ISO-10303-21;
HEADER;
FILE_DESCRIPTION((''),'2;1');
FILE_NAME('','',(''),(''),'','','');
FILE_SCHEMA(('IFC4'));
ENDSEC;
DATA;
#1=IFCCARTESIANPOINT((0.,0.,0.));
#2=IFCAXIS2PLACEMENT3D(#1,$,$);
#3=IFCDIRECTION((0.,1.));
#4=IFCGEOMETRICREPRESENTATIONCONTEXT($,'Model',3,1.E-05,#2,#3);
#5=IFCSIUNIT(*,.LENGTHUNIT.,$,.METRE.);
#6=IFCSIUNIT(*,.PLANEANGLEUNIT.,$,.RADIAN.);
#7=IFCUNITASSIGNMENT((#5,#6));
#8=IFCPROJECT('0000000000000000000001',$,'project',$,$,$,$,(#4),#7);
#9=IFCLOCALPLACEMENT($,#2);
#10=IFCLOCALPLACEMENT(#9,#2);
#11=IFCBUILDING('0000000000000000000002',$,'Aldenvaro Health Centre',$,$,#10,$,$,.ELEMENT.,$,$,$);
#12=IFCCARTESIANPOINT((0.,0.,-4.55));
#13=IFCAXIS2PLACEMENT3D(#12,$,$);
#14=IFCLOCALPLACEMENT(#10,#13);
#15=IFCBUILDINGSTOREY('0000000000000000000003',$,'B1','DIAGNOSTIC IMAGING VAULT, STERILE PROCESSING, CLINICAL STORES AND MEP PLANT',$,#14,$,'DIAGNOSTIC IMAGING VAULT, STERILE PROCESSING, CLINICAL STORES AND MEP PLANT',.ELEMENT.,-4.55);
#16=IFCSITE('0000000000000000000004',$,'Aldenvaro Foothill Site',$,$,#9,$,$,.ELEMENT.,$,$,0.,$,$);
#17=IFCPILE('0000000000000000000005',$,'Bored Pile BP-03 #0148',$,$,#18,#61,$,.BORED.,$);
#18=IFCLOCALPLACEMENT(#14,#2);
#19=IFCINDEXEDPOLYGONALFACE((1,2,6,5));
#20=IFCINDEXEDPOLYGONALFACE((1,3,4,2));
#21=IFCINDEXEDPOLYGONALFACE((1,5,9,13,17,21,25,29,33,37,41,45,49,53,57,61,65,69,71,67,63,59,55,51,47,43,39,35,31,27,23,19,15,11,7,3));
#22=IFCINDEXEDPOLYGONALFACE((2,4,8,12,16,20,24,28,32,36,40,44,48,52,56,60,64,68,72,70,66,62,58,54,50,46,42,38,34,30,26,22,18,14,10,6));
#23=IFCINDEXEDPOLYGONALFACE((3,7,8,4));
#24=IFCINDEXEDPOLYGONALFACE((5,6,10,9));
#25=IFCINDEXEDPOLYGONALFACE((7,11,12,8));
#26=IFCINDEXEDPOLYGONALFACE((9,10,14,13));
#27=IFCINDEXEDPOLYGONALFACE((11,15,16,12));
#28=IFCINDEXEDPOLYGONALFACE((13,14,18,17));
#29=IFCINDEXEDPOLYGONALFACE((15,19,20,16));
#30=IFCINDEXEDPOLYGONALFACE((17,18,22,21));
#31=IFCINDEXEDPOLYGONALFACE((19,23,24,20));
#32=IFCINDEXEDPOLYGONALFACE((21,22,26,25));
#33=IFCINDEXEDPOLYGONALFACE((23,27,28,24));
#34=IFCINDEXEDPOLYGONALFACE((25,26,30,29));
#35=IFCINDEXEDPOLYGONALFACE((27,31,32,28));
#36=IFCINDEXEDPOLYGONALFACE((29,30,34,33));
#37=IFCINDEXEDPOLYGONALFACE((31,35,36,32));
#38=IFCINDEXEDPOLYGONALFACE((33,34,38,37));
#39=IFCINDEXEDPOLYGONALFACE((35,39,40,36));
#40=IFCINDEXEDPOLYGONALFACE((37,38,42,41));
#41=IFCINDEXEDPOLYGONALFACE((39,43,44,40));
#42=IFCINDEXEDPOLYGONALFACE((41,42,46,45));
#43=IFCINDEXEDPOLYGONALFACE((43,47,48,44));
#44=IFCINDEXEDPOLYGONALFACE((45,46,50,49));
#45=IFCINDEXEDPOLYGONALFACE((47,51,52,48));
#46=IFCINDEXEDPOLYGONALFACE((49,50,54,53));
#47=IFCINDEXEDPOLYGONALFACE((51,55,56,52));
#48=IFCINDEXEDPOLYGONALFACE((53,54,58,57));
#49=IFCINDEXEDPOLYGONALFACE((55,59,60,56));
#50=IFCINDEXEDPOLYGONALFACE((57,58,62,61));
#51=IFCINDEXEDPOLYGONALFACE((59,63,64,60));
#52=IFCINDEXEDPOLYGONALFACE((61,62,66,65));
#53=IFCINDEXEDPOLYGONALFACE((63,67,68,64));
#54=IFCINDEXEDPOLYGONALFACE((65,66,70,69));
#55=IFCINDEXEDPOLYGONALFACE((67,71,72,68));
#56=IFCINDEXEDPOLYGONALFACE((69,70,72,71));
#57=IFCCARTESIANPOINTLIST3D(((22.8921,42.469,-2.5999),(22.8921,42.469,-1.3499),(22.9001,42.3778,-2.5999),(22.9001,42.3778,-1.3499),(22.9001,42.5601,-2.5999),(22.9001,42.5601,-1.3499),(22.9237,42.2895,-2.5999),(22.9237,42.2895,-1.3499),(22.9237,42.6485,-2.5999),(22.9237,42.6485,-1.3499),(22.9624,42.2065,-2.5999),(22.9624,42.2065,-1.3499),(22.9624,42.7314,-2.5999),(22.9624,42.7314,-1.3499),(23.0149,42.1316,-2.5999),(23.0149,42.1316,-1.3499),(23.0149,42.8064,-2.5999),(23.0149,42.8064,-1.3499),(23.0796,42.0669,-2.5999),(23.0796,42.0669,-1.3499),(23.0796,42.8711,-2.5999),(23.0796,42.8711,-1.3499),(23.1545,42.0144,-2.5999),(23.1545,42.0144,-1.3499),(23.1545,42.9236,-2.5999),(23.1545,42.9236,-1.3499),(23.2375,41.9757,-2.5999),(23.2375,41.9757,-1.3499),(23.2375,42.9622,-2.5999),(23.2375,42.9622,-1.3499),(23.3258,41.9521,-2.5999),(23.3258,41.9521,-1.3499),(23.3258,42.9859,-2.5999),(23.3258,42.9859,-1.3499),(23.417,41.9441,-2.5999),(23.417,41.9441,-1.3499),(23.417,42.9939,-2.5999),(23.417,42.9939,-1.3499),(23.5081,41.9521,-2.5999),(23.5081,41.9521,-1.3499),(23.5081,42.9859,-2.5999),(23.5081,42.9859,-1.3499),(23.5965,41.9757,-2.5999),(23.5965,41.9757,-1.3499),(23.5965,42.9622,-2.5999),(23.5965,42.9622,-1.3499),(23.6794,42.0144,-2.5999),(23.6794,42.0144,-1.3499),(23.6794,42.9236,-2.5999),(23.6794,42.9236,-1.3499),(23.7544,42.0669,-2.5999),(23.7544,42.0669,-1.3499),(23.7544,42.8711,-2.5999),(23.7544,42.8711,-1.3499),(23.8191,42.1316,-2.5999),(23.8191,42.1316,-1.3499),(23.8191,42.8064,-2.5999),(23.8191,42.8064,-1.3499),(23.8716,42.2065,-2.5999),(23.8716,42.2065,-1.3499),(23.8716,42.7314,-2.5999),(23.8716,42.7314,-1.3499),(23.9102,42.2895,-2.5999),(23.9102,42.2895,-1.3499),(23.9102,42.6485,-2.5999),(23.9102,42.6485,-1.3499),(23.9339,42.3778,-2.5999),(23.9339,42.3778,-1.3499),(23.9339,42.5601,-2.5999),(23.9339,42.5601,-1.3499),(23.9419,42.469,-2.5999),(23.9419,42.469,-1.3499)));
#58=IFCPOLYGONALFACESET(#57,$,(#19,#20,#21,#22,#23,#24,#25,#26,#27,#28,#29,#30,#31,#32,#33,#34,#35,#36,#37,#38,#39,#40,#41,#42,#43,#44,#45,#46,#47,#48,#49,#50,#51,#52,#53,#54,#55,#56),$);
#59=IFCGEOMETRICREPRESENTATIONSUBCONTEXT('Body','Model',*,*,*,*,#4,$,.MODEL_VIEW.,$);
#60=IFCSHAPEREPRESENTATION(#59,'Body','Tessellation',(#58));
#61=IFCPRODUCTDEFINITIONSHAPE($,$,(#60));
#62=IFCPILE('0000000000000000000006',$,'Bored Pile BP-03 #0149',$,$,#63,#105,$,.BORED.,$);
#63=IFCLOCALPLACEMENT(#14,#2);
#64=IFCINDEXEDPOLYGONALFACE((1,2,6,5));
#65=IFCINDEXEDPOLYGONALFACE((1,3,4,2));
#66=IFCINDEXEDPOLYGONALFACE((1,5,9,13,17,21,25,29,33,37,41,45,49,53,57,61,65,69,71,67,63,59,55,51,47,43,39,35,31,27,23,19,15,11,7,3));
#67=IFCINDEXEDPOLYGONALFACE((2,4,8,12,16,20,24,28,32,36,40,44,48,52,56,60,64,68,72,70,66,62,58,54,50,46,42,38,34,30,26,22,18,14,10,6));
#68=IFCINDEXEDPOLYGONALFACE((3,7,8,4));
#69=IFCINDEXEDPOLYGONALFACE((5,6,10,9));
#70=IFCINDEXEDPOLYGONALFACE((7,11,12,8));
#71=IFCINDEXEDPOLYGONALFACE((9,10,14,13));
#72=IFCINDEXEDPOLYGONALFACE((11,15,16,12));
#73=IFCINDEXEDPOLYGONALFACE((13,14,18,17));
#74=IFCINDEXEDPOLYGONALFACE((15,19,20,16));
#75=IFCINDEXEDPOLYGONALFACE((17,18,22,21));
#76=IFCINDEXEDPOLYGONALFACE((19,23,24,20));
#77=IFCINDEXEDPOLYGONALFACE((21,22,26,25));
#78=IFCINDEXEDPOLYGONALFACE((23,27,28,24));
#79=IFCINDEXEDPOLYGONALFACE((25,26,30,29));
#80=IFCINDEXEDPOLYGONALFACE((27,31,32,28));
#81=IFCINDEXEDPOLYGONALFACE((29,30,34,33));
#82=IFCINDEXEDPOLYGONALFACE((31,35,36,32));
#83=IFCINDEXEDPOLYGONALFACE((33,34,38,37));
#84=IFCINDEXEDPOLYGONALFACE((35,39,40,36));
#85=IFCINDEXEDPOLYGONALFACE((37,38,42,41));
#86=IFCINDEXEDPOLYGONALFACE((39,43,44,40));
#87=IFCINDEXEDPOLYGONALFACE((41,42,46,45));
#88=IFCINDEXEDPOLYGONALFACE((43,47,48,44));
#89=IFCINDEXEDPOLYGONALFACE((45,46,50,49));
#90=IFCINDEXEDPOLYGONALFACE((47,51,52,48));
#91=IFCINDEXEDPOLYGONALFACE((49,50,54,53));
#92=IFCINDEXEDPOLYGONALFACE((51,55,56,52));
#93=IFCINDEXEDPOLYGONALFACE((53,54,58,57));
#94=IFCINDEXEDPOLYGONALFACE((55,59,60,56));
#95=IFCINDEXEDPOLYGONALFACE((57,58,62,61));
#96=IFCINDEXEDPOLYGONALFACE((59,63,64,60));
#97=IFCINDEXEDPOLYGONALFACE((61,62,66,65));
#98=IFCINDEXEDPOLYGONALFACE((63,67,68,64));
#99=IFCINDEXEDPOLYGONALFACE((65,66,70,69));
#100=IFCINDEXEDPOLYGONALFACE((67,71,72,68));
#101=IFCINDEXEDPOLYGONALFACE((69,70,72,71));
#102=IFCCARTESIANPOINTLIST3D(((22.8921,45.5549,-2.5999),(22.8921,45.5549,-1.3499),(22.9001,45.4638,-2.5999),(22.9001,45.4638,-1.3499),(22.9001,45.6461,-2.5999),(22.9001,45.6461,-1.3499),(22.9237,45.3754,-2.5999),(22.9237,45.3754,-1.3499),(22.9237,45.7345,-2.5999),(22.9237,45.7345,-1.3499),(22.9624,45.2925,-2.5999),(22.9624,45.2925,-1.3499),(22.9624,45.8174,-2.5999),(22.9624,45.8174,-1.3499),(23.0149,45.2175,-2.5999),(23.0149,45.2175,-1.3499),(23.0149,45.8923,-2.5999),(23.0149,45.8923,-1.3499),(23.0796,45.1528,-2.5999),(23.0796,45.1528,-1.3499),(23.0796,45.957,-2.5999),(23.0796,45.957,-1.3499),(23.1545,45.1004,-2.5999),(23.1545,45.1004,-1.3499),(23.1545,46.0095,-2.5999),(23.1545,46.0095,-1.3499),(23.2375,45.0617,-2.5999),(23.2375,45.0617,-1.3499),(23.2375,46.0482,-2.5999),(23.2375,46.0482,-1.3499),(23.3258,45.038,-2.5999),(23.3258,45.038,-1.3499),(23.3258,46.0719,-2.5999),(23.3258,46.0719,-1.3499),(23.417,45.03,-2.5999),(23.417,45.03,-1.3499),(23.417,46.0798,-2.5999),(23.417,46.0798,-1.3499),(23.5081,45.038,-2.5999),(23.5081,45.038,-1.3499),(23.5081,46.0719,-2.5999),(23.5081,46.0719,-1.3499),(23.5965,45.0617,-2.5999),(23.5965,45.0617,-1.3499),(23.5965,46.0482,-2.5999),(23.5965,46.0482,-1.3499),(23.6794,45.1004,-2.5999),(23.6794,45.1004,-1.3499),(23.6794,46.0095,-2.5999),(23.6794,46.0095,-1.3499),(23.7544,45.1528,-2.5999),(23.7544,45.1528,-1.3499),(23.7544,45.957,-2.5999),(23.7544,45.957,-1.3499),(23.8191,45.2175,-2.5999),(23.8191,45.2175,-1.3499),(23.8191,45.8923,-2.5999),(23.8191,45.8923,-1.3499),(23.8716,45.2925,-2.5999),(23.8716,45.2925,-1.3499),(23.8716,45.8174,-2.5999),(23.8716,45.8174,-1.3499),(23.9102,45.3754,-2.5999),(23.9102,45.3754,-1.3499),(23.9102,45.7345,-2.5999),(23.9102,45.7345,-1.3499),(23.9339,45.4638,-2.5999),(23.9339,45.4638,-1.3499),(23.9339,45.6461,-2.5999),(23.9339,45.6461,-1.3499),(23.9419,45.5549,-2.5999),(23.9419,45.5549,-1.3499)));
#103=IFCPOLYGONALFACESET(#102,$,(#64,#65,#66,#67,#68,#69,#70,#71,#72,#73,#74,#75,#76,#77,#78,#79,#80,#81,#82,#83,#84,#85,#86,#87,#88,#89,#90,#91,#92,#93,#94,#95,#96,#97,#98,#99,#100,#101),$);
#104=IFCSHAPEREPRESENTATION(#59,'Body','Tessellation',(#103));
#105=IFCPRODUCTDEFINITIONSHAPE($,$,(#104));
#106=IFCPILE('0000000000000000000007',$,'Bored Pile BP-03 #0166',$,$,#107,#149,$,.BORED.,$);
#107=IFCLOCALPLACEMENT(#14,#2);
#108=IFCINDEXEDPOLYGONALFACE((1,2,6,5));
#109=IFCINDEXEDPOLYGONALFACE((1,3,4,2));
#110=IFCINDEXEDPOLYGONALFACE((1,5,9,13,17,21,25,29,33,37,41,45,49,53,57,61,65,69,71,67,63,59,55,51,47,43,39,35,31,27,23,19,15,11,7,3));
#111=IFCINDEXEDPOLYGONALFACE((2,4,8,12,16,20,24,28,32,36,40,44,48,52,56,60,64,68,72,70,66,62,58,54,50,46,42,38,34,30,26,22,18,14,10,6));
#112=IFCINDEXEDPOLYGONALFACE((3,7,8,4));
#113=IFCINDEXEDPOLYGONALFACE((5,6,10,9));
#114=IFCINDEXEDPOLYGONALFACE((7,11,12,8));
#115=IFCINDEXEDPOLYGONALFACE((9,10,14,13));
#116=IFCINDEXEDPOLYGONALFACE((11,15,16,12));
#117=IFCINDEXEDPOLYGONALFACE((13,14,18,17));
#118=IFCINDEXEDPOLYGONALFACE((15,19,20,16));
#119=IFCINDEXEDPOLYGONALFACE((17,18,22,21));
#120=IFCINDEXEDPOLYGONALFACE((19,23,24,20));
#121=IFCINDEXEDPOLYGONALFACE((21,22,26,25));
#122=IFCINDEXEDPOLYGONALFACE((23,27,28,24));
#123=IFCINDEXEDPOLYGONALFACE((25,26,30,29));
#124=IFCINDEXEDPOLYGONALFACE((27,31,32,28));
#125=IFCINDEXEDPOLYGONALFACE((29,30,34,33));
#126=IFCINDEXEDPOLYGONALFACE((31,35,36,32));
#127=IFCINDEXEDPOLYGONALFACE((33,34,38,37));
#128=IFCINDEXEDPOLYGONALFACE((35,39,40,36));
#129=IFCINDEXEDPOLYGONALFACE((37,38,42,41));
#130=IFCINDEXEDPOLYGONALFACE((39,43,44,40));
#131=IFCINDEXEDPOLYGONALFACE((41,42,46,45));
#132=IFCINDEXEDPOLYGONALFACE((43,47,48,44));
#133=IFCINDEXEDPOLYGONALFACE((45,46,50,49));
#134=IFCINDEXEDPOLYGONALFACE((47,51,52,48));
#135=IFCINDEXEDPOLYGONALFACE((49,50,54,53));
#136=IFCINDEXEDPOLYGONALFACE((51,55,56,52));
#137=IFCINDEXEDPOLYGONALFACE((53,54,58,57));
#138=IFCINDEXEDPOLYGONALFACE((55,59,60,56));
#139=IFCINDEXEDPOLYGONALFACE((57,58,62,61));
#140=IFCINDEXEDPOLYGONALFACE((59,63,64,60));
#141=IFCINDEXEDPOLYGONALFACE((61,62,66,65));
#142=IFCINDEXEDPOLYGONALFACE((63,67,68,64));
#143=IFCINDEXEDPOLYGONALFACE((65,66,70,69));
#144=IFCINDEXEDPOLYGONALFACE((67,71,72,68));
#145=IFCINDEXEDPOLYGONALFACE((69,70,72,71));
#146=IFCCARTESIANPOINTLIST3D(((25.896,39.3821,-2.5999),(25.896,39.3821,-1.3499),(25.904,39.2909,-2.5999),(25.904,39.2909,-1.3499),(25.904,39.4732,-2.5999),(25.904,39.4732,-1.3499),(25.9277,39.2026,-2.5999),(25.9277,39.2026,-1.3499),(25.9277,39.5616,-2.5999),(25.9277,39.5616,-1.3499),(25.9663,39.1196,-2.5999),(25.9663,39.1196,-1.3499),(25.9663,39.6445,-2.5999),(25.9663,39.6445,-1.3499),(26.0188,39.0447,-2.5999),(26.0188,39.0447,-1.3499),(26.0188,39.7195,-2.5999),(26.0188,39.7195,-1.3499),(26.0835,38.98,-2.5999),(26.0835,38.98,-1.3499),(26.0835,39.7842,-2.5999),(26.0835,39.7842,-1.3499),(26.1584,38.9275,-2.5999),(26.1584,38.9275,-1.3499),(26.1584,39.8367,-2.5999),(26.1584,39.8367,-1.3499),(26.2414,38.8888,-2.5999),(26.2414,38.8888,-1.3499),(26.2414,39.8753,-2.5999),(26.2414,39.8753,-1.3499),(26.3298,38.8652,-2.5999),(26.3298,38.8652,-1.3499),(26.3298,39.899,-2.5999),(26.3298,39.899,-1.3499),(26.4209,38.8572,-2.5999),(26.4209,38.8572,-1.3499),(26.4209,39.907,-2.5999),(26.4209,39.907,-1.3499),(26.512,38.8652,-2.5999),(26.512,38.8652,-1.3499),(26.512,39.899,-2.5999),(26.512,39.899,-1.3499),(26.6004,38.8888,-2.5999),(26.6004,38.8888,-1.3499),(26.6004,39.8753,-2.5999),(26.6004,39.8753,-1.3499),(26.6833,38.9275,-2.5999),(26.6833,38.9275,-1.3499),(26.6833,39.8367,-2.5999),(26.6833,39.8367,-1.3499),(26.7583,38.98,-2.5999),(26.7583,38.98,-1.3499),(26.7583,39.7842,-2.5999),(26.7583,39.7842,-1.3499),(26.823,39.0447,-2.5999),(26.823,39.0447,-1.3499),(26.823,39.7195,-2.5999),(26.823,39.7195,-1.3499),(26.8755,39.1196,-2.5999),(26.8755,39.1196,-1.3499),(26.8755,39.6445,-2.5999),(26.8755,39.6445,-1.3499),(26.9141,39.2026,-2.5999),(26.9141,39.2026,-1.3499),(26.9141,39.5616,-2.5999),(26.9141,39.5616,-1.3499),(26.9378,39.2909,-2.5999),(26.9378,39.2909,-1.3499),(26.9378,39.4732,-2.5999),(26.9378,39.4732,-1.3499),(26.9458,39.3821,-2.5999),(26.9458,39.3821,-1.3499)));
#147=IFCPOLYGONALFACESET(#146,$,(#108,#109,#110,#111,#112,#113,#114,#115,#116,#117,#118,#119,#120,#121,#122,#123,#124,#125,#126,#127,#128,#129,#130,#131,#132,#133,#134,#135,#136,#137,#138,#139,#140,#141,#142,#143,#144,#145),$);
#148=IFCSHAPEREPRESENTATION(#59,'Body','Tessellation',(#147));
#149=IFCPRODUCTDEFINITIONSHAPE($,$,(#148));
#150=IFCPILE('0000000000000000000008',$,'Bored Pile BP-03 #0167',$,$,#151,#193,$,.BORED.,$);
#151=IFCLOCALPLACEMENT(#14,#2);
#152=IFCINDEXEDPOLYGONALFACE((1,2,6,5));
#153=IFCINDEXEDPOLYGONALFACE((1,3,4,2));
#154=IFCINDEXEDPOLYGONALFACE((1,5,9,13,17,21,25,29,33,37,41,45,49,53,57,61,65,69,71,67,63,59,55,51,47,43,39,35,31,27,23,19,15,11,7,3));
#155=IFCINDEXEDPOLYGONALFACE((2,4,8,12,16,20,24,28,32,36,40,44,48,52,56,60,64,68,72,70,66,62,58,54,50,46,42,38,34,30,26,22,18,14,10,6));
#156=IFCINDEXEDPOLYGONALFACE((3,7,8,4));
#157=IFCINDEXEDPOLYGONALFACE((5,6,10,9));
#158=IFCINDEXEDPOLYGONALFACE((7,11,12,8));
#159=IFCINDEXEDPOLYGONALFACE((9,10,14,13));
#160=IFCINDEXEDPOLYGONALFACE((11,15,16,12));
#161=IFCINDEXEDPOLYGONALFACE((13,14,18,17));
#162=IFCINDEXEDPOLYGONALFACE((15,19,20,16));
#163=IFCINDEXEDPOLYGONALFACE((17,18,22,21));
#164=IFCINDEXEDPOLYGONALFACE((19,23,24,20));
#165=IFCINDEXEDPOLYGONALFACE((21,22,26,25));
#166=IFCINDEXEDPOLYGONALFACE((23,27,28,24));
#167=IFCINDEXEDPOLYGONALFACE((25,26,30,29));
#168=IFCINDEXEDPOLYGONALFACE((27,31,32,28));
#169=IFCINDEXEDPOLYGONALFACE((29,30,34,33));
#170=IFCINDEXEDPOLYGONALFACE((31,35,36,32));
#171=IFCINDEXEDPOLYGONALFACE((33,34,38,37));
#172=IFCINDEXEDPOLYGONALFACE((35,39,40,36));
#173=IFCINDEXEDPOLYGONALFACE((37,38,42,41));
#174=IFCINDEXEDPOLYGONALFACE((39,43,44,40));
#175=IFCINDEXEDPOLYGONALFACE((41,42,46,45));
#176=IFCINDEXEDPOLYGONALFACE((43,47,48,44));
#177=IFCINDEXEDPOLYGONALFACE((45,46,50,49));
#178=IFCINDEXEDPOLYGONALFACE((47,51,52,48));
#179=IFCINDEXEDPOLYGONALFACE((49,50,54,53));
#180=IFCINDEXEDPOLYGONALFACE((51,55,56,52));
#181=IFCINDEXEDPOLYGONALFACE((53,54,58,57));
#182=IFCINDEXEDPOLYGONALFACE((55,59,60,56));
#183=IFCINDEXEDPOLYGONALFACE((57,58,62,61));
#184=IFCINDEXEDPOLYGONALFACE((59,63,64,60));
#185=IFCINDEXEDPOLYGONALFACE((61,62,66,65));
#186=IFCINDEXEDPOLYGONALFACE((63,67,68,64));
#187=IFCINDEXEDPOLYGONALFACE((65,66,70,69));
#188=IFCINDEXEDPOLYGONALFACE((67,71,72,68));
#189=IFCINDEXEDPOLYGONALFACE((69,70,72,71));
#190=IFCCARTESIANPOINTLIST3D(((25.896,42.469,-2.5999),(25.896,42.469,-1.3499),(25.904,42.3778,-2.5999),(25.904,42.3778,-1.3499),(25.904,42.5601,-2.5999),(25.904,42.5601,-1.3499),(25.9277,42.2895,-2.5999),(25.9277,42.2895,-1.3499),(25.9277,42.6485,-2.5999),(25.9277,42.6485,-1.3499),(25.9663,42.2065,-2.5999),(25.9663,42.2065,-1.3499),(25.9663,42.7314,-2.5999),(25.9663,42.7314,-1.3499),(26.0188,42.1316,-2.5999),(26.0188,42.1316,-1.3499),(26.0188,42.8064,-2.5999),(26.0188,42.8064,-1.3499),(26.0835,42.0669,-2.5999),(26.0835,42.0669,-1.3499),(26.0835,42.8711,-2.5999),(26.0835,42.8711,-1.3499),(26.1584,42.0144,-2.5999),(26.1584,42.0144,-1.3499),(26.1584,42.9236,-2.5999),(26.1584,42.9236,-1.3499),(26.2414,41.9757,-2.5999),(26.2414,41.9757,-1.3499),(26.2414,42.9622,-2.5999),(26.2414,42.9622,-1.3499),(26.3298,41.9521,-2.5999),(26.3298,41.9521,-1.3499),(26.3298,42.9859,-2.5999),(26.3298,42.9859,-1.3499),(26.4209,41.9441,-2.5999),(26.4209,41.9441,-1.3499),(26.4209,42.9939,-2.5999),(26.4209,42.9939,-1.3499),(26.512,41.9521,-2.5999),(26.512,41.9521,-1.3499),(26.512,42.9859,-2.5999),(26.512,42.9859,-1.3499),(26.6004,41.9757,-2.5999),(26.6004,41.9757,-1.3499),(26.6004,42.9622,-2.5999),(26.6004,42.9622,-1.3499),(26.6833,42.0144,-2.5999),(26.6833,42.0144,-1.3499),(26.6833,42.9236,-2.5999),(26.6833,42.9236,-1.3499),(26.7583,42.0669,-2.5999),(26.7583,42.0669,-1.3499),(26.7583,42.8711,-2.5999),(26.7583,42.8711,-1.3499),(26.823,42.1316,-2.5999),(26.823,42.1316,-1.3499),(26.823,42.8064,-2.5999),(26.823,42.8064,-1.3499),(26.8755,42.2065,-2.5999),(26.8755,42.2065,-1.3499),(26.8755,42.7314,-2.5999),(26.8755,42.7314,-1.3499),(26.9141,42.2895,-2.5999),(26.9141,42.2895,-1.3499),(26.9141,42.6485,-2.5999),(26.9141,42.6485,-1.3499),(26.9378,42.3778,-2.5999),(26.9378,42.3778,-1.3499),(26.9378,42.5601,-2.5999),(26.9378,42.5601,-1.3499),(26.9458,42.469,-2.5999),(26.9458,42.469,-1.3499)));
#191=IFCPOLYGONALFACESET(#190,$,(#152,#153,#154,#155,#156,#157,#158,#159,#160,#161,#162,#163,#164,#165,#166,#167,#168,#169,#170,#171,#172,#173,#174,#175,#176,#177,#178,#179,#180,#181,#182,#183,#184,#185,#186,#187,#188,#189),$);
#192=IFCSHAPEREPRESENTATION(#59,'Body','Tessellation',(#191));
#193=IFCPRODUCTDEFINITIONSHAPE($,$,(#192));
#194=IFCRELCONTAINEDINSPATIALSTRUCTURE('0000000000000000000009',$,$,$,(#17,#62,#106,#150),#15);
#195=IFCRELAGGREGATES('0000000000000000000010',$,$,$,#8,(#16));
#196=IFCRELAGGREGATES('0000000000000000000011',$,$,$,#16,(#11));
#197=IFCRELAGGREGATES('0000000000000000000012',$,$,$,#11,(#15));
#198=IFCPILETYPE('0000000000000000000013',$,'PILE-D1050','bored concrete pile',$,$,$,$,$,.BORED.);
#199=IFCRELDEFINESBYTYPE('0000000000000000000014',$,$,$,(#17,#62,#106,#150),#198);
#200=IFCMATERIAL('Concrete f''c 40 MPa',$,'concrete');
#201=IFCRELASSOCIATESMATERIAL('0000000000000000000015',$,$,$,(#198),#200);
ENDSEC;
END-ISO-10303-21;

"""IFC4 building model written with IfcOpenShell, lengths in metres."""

from ifc_helpers import new_model, si_unit, direction, frame, origin, origin_2d, place, context, subcontext, project, spatial, circle, extrude, material, material_profile, profile_set, type_object, element, save


model = new_model("IFC4")

# Units and contexts
model_context = context("Model", 3, precision=1e-05, world=origin(), true_north=direction((0.0, 1.0)))
body_context = subcontext(model_context, "Body", "Model", "MODEL_VIEW")
ifc_project = project(units=[si_unit("LENGTHUNIT", "METRE"), si_unit("PLANEANGLEUNIT", "RADIAN")], contexts=[model_context])

# Site, building, storey
site_placement = place(None, origin())
site = spatial("IfcSite", under=ifc_project, at=site_placement, Name="Aldenvaro Foothill Site", CompositionType="ELEMENT", RefElevation=0.0)
building_placement = place(site_placement, origin())
building = spatial("IfcBuilding", under=site, at=building_placement, Name="Aldenvaro Health Centre", CompositionType="ELEMENT")
storey_placement = place(building_placement, frame((0.0, 0.0, -4.55)))
storey = spatial("IfcBuildingStorey", under=building, at=storey_placement, Name="B1", Description="DIAGNOSTIC IMAGING VAULT, STERILE PROCESSING, CLINICAL STORES AND MEP PLANT", LongName="DIAGNOSTIC IMAGING VAULT, STERILE PROCESSING, CLINICAL STORES AND MEP PLANT", CompositionType="ELEMENT", Elevation=-4.55)

# Piles
ifc_material_1 = material(Name="Concrete f'c 40 MPa", Category="concrete")
ifc_material_profile_1 = material_profile(ifc_material_1, circle(Radius=0.5249, at=origin_2d()), Name="PILE D1050", Category="concrete")
ifc_profile_set_1 = profile_set([ifc_material_profile_1], Name="Concrete f'c 40 MPa")
pile_type = type_object("IfcPileType", Name="PILE-D1050", Description="bored concrete pile", PredefinedType="BORED", material=ifc_profile_set_1)
for number, where, z_axis, x_axis, name in (
    (1, (23.417, 42.469, -1.3499), (0.0, 0.0, -1.0), (1.0, 0.0, 0.0), "Bored Pile BP-03 #0148"),
    (2, (23.417, 45.5549, -1.3499), (0.0, 0.0, -1.0), (1.0, 0.0, 0.0), "Bored Pile BP-03 #0149"),
    (3, (26.4209, 39.3821, -1.3499), (0.0, 0.0, -1.0), (1.0, 0.0, 0.0), "Bored Pile BP-03 #0166"),
    (4, (26.4209, 42.469, -1.3499), (0.0, 0.0, -1.0), (1.0, 0.0, 0.0), "Bored Pile BP-03 #0167"),
):
    element("IfcPile", number, at=place(storey_placement, frame(where, z_axis=z_axis, x_axis=x_axis)), inside=storey, type_object=pile_type, Name=name, PredefinedType="BORED", context=body_context, shape_type="SweptSolid", body=[
        extrude(circle(Radius=0.5249, at=origin_2d()), origin(), (0.0, 0.0, 1.0), 1.25),
    ])

save(model, "model.ifc")
